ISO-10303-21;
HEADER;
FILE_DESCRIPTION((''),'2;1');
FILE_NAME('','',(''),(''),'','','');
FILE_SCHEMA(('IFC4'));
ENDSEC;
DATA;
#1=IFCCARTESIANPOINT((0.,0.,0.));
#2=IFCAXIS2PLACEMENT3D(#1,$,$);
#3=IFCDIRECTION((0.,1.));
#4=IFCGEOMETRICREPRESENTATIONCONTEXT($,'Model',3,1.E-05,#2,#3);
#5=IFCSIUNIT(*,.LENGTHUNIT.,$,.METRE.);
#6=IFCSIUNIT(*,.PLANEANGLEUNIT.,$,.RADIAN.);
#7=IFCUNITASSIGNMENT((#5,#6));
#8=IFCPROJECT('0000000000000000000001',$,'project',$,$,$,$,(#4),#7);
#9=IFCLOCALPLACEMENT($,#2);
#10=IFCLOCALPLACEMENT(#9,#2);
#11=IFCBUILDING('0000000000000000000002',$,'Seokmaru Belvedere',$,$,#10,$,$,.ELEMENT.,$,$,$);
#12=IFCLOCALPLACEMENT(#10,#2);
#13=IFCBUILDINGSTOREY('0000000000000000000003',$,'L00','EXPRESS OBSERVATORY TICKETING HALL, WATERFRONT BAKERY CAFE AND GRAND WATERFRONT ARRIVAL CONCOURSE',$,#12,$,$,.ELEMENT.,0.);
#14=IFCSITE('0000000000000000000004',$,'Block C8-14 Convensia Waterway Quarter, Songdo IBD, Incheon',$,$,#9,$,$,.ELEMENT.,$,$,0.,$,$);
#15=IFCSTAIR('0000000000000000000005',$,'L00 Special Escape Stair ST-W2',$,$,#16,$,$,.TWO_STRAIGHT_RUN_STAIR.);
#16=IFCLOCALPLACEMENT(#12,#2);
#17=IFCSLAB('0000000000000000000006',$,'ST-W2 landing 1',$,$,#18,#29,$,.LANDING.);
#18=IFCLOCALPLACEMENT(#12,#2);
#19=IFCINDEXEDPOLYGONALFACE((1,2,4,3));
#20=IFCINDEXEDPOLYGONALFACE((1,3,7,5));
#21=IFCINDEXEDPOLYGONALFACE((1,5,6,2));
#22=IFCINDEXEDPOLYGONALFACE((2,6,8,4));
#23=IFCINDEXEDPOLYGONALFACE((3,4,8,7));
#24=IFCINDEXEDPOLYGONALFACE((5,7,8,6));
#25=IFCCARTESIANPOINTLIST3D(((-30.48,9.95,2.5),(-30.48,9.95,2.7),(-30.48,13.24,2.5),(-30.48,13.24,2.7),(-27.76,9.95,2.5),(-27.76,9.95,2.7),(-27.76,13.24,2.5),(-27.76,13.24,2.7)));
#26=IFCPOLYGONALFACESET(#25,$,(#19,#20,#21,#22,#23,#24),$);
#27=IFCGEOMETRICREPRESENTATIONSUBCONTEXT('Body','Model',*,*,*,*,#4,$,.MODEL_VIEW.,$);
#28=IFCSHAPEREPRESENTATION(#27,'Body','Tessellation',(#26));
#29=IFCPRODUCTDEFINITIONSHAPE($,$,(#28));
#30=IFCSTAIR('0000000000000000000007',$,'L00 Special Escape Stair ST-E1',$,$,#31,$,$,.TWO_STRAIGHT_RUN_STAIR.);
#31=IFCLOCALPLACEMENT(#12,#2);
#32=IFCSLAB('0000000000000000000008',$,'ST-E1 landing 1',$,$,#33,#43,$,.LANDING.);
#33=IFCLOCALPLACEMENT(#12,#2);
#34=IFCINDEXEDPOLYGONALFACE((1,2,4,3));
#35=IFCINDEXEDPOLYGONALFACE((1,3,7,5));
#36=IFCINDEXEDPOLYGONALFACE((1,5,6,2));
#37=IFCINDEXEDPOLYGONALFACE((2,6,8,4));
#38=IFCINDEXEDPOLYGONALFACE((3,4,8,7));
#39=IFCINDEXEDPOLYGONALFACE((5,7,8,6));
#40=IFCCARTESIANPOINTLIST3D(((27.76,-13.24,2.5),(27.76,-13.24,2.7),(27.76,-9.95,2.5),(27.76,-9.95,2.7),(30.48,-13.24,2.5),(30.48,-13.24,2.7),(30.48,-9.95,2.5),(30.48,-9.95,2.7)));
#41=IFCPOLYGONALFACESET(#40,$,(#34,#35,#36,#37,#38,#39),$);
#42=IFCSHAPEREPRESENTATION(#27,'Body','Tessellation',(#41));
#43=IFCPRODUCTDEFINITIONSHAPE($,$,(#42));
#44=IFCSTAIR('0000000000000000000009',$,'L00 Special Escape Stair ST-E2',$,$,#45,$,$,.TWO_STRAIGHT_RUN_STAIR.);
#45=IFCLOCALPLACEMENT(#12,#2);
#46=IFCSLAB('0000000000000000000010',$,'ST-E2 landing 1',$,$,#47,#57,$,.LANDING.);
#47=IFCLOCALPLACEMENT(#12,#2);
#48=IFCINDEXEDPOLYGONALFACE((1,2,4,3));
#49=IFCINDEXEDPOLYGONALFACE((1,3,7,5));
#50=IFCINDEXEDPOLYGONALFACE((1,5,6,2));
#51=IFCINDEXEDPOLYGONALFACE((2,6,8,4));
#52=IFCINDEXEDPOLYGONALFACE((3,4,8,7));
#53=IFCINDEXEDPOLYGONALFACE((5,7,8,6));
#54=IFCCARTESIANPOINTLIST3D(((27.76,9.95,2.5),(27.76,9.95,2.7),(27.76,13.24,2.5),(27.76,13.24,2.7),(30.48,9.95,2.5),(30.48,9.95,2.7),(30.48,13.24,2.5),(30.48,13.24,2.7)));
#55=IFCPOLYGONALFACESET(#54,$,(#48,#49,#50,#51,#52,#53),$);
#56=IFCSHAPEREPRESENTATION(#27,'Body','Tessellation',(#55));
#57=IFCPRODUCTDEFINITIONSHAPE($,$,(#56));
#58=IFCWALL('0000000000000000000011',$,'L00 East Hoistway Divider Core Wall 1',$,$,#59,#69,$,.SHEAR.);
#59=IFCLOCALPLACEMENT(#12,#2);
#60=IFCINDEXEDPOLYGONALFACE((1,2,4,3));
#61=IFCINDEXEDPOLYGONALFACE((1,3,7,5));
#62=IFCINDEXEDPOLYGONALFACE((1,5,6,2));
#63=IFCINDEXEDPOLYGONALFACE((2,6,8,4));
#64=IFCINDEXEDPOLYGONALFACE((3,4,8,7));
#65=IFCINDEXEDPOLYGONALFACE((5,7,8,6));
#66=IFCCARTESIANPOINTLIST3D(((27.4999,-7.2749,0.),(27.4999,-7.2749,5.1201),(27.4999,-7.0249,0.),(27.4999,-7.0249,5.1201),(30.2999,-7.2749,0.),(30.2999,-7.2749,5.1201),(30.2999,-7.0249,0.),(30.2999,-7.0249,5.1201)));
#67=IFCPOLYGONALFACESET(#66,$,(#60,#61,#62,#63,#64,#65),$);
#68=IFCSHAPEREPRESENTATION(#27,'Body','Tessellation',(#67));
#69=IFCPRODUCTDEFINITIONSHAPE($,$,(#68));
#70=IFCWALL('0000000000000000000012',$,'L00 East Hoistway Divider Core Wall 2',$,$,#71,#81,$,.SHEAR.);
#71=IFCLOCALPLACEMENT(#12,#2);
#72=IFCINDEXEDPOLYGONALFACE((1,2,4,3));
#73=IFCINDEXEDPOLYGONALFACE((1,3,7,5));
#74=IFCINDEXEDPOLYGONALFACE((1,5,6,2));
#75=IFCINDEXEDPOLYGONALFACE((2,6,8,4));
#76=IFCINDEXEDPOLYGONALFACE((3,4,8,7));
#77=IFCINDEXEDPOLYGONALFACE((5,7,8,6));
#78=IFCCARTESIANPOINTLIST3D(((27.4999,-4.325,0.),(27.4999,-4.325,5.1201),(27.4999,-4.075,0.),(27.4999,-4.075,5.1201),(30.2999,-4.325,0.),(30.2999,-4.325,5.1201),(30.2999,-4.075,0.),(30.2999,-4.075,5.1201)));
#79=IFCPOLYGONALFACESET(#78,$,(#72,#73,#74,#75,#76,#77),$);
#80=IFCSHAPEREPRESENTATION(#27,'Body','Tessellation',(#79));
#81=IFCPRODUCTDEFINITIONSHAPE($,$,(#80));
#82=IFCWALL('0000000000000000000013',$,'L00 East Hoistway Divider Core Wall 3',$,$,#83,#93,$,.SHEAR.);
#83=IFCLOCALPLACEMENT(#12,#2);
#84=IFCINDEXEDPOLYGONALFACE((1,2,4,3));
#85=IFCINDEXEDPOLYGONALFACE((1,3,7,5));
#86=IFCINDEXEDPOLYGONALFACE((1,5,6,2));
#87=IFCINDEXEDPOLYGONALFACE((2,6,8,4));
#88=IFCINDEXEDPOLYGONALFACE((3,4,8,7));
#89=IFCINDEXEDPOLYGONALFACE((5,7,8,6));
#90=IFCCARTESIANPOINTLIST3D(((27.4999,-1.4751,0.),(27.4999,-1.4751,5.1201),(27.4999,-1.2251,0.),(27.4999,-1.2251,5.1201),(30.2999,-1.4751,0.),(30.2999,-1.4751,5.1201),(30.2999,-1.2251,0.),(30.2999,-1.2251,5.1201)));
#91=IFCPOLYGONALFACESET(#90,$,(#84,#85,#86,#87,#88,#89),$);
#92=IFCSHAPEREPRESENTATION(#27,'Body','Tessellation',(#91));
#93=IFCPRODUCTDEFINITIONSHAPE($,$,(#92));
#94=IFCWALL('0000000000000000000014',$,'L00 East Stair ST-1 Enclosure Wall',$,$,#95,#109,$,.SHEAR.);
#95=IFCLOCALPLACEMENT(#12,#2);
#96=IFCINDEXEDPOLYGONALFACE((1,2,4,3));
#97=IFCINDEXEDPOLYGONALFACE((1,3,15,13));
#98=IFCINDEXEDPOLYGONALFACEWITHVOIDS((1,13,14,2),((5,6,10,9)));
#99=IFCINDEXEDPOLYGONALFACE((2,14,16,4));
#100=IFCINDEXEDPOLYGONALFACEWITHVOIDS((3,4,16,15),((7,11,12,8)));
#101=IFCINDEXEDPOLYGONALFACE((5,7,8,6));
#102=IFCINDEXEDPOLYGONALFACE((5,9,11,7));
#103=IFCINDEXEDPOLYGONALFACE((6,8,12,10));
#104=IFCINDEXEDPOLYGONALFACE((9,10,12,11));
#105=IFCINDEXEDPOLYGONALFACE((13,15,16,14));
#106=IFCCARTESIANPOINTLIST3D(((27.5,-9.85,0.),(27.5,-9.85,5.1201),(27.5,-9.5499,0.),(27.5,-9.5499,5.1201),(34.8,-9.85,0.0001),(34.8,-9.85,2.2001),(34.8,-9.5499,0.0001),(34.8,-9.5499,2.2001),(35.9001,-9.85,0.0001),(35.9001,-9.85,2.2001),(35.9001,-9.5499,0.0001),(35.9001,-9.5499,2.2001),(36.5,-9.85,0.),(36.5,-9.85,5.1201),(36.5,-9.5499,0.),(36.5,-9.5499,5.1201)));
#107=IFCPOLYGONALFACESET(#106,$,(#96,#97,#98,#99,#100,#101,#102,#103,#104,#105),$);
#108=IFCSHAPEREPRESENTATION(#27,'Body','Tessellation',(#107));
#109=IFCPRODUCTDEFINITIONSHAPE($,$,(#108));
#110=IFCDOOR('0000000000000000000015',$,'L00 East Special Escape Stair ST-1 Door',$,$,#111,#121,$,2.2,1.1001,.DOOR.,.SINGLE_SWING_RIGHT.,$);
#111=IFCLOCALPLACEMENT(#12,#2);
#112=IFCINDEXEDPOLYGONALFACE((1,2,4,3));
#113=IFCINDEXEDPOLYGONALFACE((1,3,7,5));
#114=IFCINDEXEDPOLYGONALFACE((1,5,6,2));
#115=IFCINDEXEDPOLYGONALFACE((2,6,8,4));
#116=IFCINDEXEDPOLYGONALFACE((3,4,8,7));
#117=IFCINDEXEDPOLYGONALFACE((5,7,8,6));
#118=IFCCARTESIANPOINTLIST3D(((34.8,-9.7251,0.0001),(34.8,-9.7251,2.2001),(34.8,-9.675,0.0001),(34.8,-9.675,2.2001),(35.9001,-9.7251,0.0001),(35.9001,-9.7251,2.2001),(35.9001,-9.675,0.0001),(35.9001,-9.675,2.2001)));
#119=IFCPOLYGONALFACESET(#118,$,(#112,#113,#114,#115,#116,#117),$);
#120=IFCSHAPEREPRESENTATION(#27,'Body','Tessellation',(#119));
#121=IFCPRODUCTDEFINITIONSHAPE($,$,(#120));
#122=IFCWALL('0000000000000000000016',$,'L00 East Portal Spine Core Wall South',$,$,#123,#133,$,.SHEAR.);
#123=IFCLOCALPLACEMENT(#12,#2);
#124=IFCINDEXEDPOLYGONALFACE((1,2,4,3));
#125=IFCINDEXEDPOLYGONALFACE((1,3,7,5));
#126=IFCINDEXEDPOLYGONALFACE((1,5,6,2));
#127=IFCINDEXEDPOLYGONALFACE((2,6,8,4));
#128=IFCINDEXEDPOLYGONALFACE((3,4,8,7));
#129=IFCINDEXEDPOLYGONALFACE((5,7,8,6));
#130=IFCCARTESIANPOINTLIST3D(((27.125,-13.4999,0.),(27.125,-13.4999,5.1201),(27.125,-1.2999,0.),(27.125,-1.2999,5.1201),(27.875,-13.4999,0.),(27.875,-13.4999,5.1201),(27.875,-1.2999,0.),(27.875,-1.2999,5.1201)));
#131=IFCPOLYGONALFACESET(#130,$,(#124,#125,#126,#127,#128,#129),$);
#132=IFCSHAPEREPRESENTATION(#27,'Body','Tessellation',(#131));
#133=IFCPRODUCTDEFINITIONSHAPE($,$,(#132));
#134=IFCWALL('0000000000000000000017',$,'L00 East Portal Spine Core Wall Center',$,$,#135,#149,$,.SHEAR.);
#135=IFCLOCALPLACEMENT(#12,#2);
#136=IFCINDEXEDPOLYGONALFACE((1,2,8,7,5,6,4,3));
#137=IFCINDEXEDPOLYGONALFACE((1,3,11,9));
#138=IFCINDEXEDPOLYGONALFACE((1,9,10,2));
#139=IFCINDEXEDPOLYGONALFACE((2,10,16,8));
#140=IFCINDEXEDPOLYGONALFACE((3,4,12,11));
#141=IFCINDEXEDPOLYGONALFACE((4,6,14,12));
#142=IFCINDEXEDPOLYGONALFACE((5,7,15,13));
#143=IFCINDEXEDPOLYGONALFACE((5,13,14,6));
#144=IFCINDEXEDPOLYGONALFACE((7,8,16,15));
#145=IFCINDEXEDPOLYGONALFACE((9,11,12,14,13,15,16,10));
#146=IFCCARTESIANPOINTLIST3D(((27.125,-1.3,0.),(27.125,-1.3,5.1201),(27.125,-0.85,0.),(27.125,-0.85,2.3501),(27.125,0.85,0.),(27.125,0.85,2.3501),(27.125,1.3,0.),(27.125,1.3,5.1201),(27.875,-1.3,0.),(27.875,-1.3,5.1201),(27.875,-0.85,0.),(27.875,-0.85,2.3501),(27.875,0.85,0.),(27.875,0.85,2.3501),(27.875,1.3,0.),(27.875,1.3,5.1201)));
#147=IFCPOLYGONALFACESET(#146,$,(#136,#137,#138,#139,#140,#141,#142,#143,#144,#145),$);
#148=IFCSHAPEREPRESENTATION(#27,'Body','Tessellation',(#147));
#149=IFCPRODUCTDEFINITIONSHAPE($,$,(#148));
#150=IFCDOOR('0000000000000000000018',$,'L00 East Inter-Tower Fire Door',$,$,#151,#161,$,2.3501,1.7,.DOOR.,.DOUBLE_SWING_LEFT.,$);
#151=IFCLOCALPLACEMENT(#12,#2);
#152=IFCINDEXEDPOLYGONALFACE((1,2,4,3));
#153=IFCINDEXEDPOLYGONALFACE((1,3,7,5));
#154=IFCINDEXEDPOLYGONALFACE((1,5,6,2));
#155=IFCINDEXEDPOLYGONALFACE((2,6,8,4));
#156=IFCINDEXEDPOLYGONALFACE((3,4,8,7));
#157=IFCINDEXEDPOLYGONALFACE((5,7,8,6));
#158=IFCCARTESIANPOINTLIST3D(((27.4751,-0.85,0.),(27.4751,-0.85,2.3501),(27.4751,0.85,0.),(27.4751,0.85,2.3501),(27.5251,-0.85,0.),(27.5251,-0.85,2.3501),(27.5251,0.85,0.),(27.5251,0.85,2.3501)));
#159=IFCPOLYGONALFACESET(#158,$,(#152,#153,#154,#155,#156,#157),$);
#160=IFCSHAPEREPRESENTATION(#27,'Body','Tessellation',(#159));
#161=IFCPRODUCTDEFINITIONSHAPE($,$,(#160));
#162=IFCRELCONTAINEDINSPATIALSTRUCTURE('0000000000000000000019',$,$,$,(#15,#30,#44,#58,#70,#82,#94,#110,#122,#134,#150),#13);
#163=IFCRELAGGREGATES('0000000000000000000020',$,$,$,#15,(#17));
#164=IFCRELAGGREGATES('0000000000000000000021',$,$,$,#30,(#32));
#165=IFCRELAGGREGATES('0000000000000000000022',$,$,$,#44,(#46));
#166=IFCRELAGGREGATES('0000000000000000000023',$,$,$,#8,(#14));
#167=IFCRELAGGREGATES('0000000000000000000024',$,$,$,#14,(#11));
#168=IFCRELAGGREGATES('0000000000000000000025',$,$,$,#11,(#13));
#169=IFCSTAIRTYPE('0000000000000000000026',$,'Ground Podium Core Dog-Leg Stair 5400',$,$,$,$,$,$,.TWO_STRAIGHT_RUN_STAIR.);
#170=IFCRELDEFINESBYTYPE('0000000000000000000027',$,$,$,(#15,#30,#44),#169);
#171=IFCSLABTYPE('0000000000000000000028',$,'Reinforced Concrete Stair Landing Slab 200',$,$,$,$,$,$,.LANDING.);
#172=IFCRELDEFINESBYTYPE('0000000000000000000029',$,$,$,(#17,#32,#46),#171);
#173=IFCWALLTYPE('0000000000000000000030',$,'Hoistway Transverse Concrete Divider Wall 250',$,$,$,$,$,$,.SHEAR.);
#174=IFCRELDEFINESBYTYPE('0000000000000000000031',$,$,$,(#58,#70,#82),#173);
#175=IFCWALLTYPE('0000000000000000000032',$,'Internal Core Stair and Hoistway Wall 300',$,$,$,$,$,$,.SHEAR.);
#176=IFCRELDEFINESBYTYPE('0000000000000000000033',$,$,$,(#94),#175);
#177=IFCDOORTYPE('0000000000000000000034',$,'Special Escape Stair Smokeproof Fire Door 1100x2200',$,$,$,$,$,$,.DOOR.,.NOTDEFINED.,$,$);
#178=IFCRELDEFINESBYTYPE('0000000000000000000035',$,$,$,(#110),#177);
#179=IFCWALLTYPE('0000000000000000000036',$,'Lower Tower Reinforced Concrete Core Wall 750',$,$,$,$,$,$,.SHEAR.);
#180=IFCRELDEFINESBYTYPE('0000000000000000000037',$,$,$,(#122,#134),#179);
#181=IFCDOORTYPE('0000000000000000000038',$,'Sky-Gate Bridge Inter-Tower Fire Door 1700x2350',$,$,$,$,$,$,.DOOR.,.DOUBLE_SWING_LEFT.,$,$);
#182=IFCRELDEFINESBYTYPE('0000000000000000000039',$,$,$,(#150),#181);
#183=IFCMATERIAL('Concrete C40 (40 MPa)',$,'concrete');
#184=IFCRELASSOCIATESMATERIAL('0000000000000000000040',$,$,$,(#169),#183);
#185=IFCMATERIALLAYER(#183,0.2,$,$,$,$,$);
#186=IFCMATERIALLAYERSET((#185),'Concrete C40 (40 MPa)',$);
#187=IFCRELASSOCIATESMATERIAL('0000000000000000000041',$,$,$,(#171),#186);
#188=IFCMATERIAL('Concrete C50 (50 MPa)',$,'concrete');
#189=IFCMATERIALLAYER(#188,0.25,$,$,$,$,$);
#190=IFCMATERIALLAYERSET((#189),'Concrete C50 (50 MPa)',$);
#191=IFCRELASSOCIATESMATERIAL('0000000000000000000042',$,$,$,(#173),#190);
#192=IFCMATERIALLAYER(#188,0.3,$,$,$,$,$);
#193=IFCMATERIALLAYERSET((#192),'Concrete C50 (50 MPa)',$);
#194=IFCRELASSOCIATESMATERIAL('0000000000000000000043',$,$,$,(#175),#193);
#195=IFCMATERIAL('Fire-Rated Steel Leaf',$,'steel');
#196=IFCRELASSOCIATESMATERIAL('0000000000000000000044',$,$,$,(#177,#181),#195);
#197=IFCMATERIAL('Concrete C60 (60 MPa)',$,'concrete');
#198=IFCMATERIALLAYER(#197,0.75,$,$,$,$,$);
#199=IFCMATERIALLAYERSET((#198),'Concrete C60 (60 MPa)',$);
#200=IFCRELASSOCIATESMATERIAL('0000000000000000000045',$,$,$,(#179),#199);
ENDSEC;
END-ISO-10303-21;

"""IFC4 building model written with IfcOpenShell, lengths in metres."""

from ifc_helpers import new_model, si_unit, direction, frame, frame_2d, origin, place, context, subcontext, project, spatial, polyline, rectangle, outline, extrude, source, transform, mapped, material, layer, layer_set, type_object, type_shapes, element, fill, aggregate, save


model = new_model("IFC4")

# Units and contexts
model_context = context("Model", 3, precision=1e-05, world=origin(), true_north=direction((0.0, 1.0)))
body_context = subcontext(model_context, "Body", "Model", "MODEL_VIEW")
ifc_project = project(units=[si_unit("LENGTHUNIT", "METRE"), si_unit("PLANEANGLEUNIT", "RADIAN")], contexts=[model_context])

# Site, building, storey
site_placement = place(None, origin())
site = spatial("IfcSite", under=ifc_project, at=site_placement, Name="Block C8-14 Convensia Waterway Quarter, Songdo IBD, Incheon", CompositionType="ELEMENT", RefElevation=0.0)
building_placement = place(site_placement, origin())
building = spatial("IfcBuilding", under=site, at=building_placement, Name="Seokmaru Belvedere", CompositionType="ELEMENT")
storey_placement = place(building_placement, origin())
storey = spatial("IfcBuildingStorey", under=building, at=storey_placement, Name="L00", Description="EXPRESS OBSERVATORY TICKETING HALL, WATERFRONT BAKERY CAFE AND GRAND WATERFRONT ARRIVAL CONCOURSE", CompositionType="ELEMENT", Elevation=0.0)

# Stairs, slabs
ifc_material_1 = material(Name="Concrete C40 (40 MPa)", Category="concrete")
stair_type = type_object("IfcStairType", Name="Ground Podium Core Dog-Leg Stair 5400", PredefinedType="TWO_STRAIGHT_RUN_STAIR", material=ifc_material_1)
ifc_layer_1 = layer(ifc_material_1, 0.2)
ifc_layer_set_1 = layer_set([ifc_layer_1], Name="Concrete C40 (40 MPa)")
slab_type = type_object("IfcSlabType", Name="Reinforced Concrete Stair Landing Slab 200", PredefinedType="LANDING", material=ifc_layer_set_1)
stair_1_placement = place(storey_placement, origin())
stair_1 = element("IfcStair", 1, at=stair_1_placement, inside=storey, type_object=stair_type, Name="L00 Special Escape Stair ST-W2", PredefinedType="TWO_STRAIGHT_RUN_STAIR")
slab_1_placement = place(storey_placement, frame((0.0, 0.0, 2.5)))
slab_1 = element("IfcSlab", 2, at=slab_1_placement, type_object=slab_type, Name="ST-W2 landing 1", PredefinedType="LANDING", context=body_context, shape_type="SweptSolid", body=[
    extrude(outline(polyline([(-30.48, 9.95), (-27.76, 9.95), (-27.76, 13.24), (-30.48, 13.24), (-30.48, 9.95)])), origin(), (0.0, 0.0, 1.0), 0.2),
])
aggregate(stair_1, [slab_1])
stair_2_placement = place(storey_placement, origin())
stair_2 = element("IfcStair", 3, at=stair_2_placement, inside=storey, type_object=stair_type, Name="L00 Special Escape Stair ST-E1", PredefinedType="TWO_STRAIGHT_RUN_STAIR")
slab_2_placement = place(storey_placement, frame((0.0, 0.0, 2.5)))
slab_2 = element("IfcSlab", 4, at=slab_2_placement, type_object=slab_type, Name="ST-E1 landing 1", PredefinedType="LANDING", context=body_context, shape_type="SweptSolid", body=[
    extrude(outline(polyline([(27.76, -13.24), (30.48, -13.24), (30.48, -9.95), (27.76, -9.95), (27.76, -13.24)])), origin(), (0.0, 0.0, 1.0), 0.2),
])
aggregate(stair_2, [slab_2])
stair_3_placement = place(storey_placement, origin())
stair_3 = element("IfcStair", 5, at=stair_3_placement, inside=storey, type_object=stair_type, Name="L00 Special Escape Stair ST-E2", PredefinedType="TWO_STRAIGHT_RUN_STAIR")
slab_3_placement = place(storey_placement, frame((0.0, 0.0, 2.5)))
slab_3 = element("IfcSlab", 6, at=slab_3_placement, type_object=slab_type, Name="ST-E2 landing 1", PredefinedType="LANDING", context=body_context, shape_type="SweptSolid", body=[
    extrude(outline(polyline([(27.76, 9.95), (30.48, 9.95), (30.48, 13.24), (27.76, 13.24), (27.76, 9.95)])), origin(), (0.0, 0.0, 1.0), 0.2),
])
aggregate(stair_3, [slab_3])

# Walls
ifc_material_2 = material(Name="Concrete C50 (50 MPa)", Category="concrete")
ifc_layer_2 = layer(ifc_material_2, 0.25)
ifc_layer_set_2 = layer_set([ifc_layer_2], Name="Concrete C50 (50 MPa)")
wall_type_1 = type_object("IfcWallType", Name="Hoistway Transverse Concrete Divider Wall 250", PredefinedType="SHEAR", material=ifc_layer_set_2)
for number, where, z_axis, x_axis, name in (
    (7, (27.5, -7.1499, 0.0), (0.0, 0.0, 1.0), (1.0, 0.0, 0.0), "L00 East Hoistway Divider Core Wall 1"),
    (8, (27.5, -4.2, 0.0), (0.0, 0.0, 1.0), (1.0, 0.0, 0.0), "L00 East Hoistway Divider Core Wall 2"),
    (9, (27.5, -1.3501, 0.0), (0.0, 0.0, 1.0), (1.0, 0.0, 0.0), "L00 East Hoistway Divider Core Wall 3"),
):
    element("IfcWall", number, at=place(storey_placement, frame(where, z_axis=z_axis, x_axis=x_axis)), inside=storey, type_object=wall_type_1, Name=name, PredefinedType="SHEAR", context=body_context, shape_type="SweptSolid", body=[
        extrude(rectangle(XDim=2.8, YDim=0.25, at=frame_2d((1.3999, 0.0))), origin(), (0.0, 0.0, 1.0), 5.1201),
    ])

# Wall, opening, door
ifc_layer_3 = layer(ifc_material_2, 0.3)
ifc_layer_set_3 = layer_set([ifc_layer_3], Name="Concrete C50 (50 MPa)")
wall_type_2 = type_object("IfcWallType", Name="Internal Core Stair and Hoistway Wall 300", PredefinedType="SHEAR", material=ifc_layer_set_3)
wall_1_placement = place(storey_placement, frame((27.5, -9.7, 0.0), z_axis=(0.0, 0.0, 1.0), x_axis=(1.0, 0.0, 0.0)))
wall_1 = element("IfcWall", 10, at=wall_1_placement, inside=storey, type_object=wall_type_2, Name="L00 East Stair ST-1 Enclosure Wall", PredefinedType="SHEAR", context=body_context, shape_type="SweptSolid", body=[
    extrude(rectangle(XDim=9.0, YDim=0.3, at=frame_2d((4.5, 0.0))), origin(), (0.0, 0.0, 1.0), 5.1201),
])
opening_1_placement = place(wall_1_placement, frame((7.3, 0.0, 0.0)))
opening_1 = element("IfcOpeningElement", 11, at=opening_1_placement, cuts=wall_1, PredefinedType="OPENING", context=body_context, shape_type="SweptSolid", body=[
    extrude(rectangle(XDim=1.1001, YDim=2.2, at=frame_2d((0.55, 1.1001))), frame((0.0, 0.1602, 0.0), z_axis=(0.0, -1.0, 0.0), x_axis=(1.0, 0.0, 0.0)), (0.0, 0.0, 1.0), 0.3201),
])
ifc_material_3 = material(Name="Fire-Rated Steel Leaf", Category="steel")
door_type_1 = type_object("IfcDoorType", Name="Special Escape Stair Smokeproof Fire Door 1100x2200", OperationType="NOTDEFINED", PredefinedType="DOOR", material=ifc_material_3)
shared_shape_1 = source(origin(), body_context, "Body", "SweptSolid", [
    extrude(rectangle(XDim=1.1001, YDim=2.2, at=frame_2d((0.55, 1.1001))), frame((0.0, 0.0249, 0.0), z_axis=(0.0, -1.0, 0.0), x_axis=(1.0, 0.0, 0.0)), (0.0, 0.0, 1.0), 0.05),
])
type_shapes(door_type_1, [shared_shape_1])
door_1_placement = place(opening_1_placement, origin())
door_1 = element("IfcDoor", 12, at=door_1_placement, inside=storey, type_object=door_type_1, Name="L00 East Special Escape Stair ST-1 Door", OperationType="SINGLE_SWING_RIGHT", OverallHeight=2.2, OverallWidth=1.1001, PredefinedType="DOOR", context=body_context, shape_type="MappedRepresentation", body=[
    mapped(shared_shape_1, transform((0.0, 0.0, 0.0), scale=1.0)),
])
fill(opening_1, door_1)

# Wall
ifc_material_4 = material(Name="Concrete C60 (60 MPa)", Category="concrete")
ifc_layer_4 = layer(ifc_material_4, 0.75)
ifc_layer_set_4 = layer_set([ifc_layer_4], Name="Concrete C60 (60 MPa)")
wall_type_3 = type_object("IfcWallType", Name="Lower Tower Reinforced Concrete Core Wall 750", PredefinedType="SHEAR", material=ifc_layer_set_4)
wall_2_placement = place(storey_placement, frame((27.5, -13.5, 0.0), z_axis=(0.0, 0.0, 1.0), x_axis=(0.0, 1.0, 0.0)))
element("IfcWall", 13, at=wall_2_placement, inside=storey, type_object=wall_type_3, Name="L00 East Portal Spine Core Wall South", PredefinedType="SHEAR", context=body_context, shape_type="SweptSolid", body=[
    extrude(rectangle(XDim=12.2, YDim=0.75, at=frame_2d((6.1001, 0.0))), origin(), (0.0, 0.0, 1.0), 5.1201),
])

# Wall, opening, door
wall_3_placement = place(storey_placement, frame((27.5, -1.3, 0.0), z_axis=(0.0, 0.0, 1.0), x_axis=(0.0, 1.0, 0.0)))
wall_3 = element("IfcWall", 14, at=wall_3_placement, inside=storey, type_object=wall_type_3, Name="L00 East Portal Spine Core Wall Center", PredefinedType="SHEAR", context=body_context, shape_type="SweptSolid", body=[
    extrude(rectangle(XDim=2.6001, YDim=0.75, at=frame_2d((1.3, 0.0))), origin(), (0.0, 0.0, 1.0), 5.1201),
])
opening_2_placement = place(wall_3_placement, frame((0.45, 0.0, 0.0)))
opening_2 = element("IfcOpeningElement", 15, at=opening_2_placement, cuts=wall_3, PredefinedType="OPENING", context=body_context, shape_type="SweptSolid", body=[
    extrude(rectangle(XDim=1.7, YDim=2.3501, at=frame_2d((0.8501, 1.175))), frame((0.0, 0.385, 0.0), z_axis=(0.0, -1.0, 0.0), x_axis=(1.0, 0.0, 0.0)), (0.0, 0.0, 1.0), 0.77),
])
door_type_2 = type_object("IfcDoorType", Name="Sky-Gate Bridge Inter-Tower Fire Door 1700x2350", OperationType="DOUBLE_SWING_LEFT", PredefinedType="DOOR", material=ifc_material_3)
shared_shape_2 = source(origin(), body_context, "Body", "SweptSolid", [
    extrude(rectangle(XDim=1.7, YDim=2.3501, at=frame_2d((0.8501, 1.175))), frame((0.0, 0.0249, 0.0), z_axis=(0.0, -1.0, 0.0), x_axis=(1.0, 0.0, 0.0)), (0.0, 0.0, 1.0), 0.05),
])
type_shapes(door_type_2, [shared_shape_2])
door_2_placement = place(opening_2_placement, origin())
door_2 = element("IfcDoor", 16, at=door_2_placement, inside=storey, type_object=door_type_2, Name="L00 East Inter-Tower Fire Door", OperationType="DOUBLE_SWING_LEFT", OverallHeight=2.3501, OverallWidth=1.7, PredefinedType="DOOR", context=body_context, shape_type="MappedRepresentation", body=[
    mapped(shared_shape_2, transform((0.0, 0.0, 0.0), scale=1.0)),
])
fill(opening_2, door_2)

save(model, "model.ifc")
